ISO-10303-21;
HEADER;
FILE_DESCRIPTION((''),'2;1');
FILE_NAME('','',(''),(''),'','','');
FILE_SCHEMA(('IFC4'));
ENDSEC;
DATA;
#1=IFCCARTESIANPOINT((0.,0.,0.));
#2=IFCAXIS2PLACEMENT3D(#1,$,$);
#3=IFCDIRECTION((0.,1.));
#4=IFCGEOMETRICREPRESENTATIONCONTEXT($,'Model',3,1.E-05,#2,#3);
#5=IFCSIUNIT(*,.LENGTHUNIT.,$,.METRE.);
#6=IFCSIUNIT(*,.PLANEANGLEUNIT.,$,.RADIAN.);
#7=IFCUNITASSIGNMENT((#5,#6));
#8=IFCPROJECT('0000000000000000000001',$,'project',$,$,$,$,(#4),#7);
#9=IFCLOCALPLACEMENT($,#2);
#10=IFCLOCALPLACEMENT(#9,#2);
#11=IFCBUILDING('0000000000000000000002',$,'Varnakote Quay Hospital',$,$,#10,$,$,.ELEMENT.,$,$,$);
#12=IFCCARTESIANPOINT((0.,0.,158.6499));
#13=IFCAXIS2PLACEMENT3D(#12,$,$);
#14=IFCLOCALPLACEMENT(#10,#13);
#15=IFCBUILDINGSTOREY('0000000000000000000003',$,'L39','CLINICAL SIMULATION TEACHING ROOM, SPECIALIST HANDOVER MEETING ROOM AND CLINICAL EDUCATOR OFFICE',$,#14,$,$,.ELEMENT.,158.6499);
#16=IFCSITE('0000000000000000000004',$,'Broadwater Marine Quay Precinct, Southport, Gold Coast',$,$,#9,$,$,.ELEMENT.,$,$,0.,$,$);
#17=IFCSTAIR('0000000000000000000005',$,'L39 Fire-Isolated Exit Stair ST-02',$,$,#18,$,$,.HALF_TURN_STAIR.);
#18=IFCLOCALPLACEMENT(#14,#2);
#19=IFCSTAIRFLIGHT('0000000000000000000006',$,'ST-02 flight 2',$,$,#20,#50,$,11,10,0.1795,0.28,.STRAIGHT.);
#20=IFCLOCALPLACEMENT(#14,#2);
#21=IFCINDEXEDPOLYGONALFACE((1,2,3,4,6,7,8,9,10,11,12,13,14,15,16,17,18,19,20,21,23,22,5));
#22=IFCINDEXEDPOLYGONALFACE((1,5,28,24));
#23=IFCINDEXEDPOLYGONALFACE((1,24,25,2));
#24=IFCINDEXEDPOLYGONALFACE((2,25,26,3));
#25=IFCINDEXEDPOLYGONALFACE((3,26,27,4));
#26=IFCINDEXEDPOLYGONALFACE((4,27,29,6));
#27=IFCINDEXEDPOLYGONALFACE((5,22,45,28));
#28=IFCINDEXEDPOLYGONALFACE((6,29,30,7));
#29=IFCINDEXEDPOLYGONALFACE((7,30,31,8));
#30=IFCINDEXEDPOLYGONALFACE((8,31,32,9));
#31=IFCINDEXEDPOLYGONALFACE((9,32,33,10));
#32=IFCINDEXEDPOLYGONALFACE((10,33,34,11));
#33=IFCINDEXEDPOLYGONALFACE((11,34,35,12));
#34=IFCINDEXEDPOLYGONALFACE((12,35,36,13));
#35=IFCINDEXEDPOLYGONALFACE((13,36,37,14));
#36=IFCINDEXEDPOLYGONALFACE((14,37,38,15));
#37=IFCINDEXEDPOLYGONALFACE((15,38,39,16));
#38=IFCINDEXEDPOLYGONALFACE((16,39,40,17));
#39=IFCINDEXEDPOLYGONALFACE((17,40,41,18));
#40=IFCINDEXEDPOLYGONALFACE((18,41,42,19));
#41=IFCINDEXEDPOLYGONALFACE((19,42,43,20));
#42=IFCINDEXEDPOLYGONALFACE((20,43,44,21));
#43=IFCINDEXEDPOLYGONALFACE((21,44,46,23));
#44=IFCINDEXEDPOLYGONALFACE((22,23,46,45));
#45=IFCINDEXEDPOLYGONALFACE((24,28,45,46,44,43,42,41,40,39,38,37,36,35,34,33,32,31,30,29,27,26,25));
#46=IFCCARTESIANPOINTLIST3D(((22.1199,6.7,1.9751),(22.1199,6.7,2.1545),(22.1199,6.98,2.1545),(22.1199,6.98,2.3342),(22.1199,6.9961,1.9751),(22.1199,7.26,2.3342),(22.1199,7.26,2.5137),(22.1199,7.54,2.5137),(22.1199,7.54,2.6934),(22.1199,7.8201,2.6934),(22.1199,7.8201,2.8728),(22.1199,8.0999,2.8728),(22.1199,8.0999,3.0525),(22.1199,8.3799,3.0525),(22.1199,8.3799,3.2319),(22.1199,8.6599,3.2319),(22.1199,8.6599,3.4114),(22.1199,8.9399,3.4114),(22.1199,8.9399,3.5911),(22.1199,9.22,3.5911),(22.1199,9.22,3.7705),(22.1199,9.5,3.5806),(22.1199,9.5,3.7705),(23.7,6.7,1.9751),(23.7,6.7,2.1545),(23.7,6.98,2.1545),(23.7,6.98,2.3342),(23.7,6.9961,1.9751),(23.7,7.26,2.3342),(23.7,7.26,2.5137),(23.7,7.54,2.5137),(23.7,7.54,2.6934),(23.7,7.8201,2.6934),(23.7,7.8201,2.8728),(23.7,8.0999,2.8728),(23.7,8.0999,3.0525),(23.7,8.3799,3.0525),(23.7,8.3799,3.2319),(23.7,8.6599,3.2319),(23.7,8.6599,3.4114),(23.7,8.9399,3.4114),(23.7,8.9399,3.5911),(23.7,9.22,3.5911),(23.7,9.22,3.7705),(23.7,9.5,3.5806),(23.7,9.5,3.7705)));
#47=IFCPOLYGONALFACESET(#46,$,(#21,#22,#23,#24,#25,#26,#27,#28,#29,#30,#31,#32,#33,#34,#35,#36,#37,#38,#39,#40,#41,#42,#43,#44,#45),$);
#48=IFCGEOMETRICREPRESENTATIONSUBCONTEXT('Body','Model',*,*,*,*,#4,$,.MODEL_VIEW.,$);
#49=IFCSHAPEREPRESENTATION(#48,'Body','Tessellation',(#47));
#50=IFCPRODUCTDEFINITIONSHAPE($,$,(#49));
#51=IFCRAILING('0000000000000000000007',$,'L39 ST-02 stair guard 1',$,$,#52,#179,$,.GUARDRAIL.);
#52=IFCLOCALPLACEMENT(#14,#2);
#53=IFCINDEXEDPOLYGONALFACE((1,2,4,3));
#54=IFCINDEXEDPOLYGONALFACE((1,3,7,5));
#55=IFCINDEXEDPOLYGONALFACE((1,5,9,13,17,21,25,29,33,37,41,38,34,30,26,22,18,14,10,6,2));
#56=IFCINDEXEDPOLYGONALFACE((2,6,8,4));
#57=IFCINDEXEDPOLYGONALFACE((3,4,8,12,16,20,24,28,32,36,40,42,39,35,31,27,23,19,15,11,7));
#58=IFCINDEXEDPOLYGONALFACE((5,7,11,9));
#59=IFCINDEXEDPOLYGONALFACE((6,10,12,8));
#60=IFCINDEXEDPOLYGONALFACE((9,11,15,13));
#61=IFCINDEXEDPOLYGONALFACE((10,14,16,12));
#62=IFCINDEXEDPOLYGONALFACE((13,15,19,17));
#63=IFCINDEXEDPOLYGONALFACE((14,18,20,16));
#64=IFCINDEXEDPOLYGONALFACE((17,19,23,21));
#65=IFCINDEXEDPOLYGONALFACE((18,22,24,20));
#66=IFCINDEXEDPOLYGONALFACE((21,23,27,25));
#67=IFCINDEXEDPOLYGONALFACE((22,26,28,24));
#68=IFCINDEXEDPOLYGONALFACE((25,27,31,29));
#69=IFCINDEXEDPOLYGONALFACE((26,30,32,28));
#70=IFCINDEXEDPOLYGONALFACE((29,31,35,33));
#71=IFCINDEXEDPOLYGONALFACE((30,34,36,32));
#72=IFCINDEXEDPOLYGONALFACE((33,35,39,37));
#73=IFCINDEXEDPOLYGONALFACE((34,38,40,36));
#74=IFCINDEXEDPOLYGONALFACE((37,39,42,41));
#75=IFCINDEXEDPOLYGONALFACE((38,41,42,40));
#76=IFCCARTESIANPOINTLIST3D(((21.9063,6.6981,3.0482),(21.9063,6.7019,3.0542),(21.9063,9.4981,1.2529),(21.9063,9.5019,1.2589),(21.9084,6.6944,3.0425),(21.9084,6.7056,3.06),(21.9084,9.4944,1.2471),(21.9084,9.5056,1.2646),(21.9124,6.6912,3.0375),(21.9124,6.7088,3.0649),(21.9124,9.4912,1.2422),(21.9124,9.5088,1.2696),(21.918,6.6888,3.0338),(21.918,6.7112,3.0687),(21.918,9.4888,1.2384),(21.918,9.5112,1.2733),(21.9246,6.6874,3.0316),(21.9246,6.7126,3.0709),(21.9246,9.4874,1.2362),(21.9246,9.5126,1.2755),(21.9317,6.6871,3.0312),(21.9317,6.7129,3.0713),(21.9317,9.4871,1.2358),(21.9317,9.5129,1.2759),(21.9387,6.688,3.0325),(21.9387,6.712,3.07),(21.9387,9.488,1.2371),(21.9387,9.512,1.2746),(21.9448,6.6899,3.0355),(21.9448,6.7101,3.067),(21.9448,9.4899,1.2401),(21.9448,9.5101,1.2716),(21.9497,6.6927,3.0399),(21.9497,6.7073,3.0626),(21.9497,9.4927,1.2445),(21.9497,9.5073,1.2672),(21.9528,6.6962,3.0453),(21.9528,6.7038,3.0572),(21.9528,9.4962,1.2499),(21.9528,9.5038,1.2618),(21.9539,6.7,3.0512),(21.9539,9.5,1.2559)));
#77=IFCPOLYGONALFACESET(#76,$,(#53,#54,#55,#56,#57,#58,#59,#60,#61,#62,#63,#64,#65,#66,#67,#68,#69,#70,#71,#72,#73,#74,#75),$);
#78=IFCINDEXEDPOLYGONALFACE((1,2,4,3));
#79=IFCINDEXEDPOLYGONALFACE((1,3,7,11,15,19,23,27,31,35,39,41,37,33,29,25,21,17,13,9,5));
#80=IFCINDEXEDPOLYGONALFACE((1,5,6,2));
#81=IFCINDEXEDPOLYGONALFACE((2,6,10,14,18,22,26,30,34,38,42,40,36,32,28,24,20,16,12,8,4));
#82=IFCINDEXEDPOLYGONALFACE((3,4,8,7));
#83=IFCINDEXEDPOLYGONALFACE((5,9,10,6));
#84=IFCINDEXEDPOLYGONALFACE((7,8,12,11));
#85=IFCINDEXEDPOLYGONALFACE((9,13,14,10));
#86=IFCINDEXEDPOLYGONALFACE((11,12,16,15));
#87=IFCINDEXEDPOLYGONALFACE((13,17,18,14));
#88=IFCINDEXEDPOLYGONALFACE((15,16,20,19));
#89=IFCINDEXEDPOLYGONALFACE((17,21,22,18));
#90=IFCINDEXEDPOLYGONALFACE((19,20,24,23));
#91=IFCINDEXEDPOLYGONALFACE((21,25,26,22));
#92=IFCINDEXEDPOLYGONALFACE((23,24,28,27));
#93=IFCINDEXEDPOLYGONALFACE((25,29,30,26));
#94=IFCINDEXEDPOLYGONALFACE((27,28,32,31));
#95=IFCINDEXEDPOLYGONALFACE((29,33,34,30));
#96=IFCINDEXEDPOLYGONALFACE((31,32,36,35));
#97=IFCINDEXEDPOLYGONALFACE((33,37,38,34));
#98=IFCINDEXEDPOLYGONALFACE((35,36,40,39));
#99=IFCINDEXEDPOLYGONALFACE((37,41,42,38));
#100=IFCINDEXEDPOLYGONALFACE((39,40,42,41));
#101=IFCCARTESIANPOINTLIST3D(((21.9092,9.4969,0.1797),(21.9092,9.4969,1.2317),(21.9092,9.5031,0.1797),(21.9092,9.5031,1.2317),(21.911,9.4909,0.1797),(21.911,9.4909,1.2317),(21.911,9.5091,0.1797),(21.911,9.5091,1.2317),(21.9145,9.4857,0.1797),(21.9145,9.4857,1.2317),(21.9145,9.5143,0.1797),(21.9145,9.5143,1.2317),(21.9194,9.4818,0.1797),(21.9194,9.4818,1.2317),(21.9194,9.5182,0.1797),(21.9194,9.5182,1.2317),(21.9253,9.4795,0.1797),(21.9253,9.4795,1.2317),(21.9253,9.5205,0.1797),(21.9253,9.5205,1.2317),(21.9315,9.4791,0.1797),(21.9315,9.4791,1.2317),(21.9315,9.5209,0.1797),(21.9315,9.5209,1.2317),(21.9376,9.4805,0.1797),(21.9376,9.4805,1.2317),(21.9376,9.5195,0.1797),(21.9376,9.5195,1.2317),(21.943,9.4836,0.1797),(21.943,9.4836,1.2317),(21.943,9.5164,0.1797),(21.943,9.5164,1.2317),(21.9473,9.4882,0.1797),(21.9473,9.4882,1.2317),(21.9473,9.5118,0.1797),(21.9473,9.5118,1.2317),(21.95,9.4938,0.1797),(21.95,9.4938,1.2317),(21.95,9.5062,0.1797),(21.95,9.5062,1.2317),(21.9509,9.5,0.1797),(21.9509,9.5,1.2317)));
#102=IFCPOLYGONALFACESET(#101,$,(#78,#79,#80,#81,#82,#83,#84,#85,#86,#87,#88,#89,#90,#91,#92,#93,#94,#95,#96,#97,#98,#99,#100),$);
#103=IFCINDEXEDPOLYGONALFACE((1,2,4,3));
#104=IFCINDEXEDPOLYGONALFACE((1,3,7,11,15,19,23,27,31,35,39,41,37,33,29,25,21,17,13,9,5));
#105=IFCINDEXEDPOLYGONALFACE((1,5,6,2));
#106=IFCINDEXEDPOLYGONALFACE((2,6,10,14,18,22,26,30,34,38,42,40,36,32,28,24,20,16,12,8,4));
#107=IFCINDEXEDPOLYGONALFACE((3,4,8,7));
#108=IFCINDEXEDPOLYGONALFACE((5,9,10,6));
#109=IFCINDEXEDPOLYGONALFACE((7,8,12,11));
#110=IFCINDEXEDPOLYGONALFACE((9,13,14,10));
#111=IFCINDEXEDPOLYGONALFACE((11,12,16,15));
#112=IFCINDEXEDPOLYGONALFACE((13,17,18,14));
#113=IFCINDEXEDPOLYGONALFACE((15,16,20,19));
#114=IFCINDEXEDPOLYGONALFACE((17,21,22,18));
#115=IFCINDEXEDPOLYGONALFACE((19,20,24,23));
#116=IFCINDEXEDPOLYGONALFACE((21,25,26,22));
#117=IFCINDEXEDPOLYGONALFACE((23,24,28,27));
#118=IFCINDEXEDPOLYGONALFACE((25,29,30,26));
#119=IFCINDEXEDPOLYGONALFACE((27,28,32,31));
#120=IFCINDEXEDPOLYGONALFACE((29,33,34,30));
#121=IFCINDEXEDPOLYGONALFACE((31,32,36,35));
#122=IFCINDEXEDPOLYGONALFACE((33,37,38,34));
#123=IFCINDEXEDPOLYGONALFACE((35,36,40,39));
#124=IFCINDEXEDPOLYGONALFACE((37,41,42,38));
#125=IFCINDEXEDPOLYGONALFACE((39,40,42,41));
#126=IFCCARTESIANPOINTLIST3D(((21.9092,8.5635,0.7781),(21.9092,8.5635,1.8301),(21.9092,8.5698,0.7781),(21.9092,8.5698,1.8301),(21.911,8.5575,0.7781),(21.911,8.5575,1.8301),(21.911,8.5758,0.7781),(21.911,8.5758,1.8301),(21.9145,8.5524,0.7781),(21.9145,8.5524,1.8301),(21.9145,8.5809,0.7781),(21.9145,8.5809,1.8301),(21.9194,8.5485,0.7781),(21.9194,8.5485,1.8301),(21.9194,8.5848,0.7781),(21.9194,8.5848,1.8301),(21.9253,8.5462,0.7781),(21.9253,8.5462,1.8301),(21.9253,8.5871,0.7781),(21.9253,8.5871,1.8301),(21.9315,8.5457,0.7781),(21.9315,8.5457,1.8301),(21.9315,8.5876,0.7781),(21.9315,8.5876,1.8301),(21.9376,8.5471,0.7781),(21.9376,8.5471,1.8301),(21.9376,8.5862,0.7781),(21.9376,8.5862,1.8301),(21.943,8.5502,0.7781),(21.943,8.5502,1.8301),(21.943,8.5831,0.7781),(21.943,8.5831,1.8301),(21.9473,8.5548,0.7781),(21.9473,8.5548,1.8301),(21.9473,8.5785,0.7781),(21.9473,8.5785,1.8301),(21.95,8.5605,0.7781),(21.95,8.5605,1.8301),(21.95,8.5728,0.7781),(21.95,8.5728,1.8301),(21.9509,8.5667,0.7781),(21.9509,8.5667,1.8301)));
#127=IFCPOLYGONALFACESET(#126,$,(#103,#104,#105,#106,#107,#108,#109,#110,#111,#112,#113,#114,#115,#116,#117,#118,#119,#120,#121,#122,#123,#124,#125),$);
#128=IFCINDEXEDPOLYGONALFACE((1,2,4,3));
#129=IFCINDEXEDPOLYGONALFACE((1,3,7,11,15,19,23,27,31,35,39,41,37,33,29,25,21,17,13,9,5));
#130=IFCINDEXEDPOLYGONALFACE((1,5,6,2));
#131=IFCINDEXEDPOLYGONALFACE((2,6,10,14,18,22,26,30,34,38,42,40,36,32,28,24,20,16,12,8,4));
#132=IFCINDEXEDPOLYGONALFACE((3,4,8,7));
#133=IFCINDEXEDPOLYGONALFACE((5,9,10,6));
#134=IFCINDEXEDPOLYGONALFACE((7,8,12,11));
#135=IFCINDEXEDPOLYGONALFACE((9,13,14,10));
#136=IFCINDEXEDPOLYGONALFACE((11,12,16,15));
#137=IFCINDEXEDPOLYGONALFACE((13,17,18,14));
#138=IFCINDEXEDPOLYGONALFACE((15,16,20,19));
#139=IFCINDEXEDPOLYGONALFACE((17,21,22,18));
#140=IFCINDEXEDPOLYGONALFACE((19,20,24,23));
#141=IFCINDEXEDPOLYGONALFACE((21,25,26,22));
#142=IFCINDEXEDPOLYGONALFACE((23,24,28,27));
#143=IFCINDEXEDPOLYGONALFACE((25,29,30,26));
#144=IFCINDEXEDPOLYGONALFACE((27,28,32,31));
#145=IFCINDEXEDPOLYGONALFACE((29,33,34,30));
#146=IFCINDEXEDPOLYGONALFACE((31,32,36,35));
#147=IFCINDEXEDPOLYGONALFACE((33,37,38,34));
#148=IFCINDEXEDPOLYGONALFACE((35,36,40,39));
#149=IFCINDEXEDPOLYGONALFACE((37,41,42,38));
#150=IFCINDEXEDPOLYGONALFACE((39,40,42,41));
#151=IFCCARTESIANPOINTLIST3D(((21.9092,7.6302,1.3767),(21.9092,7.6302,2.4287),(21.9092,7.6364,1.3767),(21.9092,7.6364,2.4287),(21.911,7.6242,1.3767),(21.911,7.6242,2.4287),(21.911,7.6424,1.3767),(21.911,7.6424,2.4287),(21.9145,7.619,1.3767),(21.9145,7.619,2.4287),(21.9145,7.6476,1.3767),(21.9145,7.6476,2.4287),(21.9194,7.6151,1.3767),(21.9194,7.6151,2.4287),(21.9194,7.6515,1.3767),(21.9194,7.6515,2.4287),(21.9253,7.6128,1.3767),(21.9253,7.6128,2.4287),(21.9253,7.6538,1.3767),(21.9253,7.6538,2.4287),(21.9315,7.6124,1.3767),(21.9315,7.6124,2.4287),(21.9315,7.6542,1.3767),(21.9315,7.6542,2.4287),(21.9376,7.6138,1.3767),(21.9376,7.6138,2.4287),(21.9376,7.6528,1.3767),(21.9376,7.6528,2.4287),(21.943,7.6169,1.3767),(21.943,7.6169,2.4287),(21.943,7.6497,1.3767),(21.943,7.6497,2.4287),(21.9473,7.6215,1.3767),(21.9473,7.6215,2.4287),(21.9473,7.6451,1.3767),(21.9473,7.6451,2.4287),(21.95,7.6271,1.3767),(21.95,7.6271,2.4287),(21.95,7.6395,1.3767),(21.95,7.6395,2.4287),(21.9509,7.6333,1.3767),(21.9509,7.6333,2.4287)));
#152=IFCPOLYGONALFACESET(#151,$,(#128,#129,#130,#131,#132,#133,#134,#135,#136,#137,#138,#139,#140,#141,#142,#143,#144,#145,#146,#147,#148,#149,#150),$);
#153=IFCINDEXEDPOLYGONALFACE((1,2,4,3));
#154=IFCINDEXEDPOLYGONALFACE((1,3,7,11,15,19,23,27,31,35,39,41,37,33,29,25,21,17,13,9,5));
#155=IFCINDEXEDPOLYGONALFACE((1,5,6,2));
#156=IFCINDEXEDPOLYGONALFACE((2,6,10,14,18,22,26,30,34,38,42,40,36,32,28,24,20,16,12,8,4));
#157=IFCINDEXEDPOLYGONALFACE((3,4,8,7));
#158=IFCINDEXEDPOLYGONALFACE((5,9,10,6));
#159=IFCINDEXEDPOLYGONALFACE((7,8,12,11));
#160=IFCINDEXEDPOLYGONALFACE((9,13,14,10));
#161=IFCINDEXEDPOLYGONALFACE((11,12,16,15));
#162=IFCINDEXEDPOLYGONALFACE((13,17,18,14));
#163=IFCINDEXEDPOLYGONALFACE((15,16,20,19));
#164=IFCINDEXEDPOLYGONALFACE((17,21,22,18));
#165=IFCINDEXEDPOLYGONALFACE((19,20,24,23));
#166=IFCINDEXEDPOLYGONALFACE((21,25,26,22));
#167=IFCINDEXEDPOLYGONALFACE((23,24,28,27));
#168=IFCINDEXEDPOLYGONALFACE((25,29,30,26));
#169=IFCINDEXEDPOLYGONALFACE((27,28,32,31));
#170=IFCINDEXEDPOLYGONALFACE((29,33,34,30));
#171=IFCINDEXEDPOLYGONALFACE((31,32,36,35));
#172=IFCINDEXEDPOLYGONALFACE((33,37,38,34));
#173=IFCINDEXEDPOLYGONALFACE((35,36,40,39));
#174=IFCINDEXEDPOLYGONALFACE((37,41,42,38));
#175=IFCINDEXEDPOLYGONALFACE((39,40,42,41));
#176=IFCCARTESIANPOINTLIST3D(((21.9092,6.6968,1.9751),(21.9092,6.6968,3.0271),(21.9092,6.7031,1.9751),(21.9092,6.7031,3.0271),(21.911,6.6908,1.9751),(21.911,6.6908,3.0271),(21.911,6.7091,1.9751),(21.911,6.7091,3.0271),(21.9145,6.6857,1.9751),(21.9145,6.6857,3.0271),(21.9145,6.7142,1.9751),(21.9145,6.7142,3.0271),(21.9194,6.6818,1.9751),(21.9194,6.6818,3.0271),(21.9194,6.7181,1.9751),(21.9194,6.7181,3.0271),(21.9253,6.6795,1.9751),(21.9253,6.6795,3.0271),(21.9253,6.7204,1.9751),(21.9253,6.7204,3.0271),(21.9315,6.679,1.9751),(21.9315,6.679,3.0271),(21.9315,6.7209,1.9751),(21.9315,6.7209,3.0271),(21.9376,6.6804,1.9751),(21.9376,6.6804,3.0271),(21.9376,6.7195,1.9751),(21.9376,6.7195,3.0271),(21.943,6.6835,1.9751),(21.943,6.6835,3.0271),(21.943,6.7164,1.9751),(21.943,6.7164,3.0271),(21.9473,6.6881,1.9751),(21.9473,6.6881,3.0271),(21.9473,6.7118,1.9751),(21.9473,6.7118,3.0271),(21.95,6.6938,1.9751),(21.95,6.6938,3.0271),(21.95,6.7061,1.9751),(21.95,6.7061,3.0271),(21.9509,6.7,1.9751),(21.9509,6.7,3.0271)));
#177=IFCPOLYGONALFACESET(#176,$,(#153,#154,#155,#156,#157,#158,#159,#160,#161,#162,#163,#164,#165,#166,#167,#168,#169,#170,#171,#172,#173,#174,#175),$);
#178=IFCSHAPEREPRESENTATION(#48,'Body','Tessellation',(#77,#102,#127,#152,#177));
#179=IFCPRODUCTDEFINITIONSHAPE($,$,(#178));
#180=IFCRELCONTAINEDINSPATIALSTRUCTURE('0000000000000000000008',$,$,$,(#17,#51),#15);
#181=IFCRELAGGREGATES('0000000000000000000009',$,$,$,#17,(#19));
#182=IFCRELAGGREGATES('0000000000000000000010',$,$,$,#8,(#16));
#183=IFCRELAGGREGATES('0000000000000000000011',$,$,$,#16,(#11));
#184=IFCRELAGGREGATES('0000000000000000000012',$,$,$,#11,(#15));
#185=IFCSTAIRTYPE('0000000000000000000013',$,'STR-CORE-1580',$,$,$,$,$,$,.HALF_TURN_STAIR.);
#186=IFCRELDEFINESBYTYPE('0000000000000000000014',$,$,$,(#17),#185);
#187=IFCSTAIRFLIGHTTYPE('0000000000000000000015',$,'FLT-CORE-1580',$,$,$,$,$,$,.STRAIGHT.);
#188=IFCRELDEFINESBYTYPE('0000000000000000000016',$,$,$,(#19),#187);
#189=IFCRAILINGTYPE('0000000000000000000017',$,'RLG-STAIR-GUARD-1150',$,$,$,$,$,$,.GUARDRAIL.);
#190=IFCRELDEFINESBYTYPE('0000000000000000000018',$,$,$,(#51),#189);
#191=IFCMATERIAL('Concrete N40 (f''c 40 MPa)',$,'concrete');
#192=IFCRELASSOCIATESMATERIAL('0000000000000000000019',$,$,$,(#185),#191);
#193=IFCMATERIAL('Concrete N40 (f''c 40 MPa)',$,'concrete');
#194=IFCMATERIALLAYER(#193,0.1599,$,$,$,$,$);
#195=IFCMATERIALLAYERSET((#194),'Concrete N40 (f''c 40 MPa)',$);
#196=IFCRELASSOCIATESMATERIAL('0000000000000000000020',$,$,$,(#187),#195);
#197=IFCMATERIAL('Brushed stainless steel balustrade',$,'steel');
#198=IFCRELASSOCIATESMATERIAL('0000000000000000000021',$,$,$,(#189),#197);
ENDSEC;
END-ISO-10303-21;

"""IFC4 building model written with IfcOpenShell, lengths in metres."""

from ifc_helpers import new_model, si_unit, direction, frame, origin, origin_2d, place, context, subcontext, project, spatial, polyline, circle, outline, extrude, material, layer, layer_set, type_object, element, aggregate, save


model = new_model("IFC4")

# Units and contexts
model_context = context("Model", 3, precision=1e-05, world=origin(), true_north=direction((0.0, 1.0)))
body_context = subcontext(model_context, "Body", "Model", "MODEL_VIEW")
ifc_project = project(units=[si_unit("LENGTHUNIT", "METRE"), si_unit("PLANEANGLEUNIT", "RADIAN")], contexts=[model_context])

# Site, building, storey
site_placement = place(None, origin())
site = spatial("IfcSite", under=ifc_project, at=site_placement, Name="Broadwater Marine Quay Precinct, Southport, Gold Coast", CompositionType="ELEMENT", RefElevation=0.0)
building_placement = place(site_placement, origin())
building = spatial("IfcBuilding", under=site, at=building_placement, Name="Varnakote Quay Hospital", CompositionType="ELEMENT")
storey_placement = place(building_placement, frame((0.0, 0.0, 158.6499)))
storey = spatial("IfcBuildingStorey", under=building, at=storey_placement, Name="L39", Description="CLINICAL SIMULATION TEACHING ROOM, SPECIALIST HANDOVER MEETING ROOM AND CLINICAL EDUCATOR OFFICE", CompositionType="ELEMENT", Elevation=158.6499)

# Stair, stair flight
ifc_material_1 = material(Name="Concrete N40 (f'c 40 MPa)", Category="concrete")
stair_type = type_object("IfcStairType", Name="STR-CORE-1580", PredefinedType="HALF_TURN_STAIR", material=ifc_material_1)
stair_placement = place(storey_placement, origin())
stair = element("IfcStair", 1, at=stair_placement, inside=storey, type_object=stair_type, Name="L39 Fire-Isolated Exit Stair ST-02", PredefinedType="HALF_TURN_STAIR")
ifc_material_2 = material(Name="Concrete N40 (f'c 40 MPa)", Category="concrete")
ifc_layer_1 = layer(ifc_material_2, 0.1599)
ifc_layer_set_1 = layer_set([ifc_layer_1], Name="Concrete N40 (f'c 40 MPa)")
stair_flight_type = type_object("IfcStairFlightType", Name="FLT-CORE-1580", PredefinedType="STRAIGHT", material=ifc_layer_set_1)
stair_flight_1_placement = place(storey_placement, frame((22.9099, 6.7, 1.9751), z_axis=(0.0, 0.0, 1.0), x_axis=(0.0, 1.0, 0.0)))
stair_flight_1 = element("IfcStairFlight", 2, at=stair_flight_1_placement, type_object=stair_flight_type, Name="ST-02 flight 2", NumberOfRisers=11, NumberOfTreads=10, PredefinedType="STRAIGHT", RiserHeight=0.1795, TreadLength=0.28, context=body_context, shape_type="SweptSolid", body=[
    extrude(outline(polyline([(0.0, 0.0), (0.0, 0.1794), (0.28, 0.1794), (0.28, 0.3591), (0.5601, 0.3591), (0.5601, 0.5386), (0.8401, 0.5386), (0.8401, 0.7183), (1.1201, 0.7183), (1.1201, 0.8977), (1.3999, 0.8977), (1.3999, 1.0774), (1.6799, 1.0774), (1.6799, 1.2568), (1.96, 1.2568), (1.96, 1.4363), (2.24, 1.4363), (2.24, 1.616), (2.52, 1.616), (2.52, 1.7954), (2.8, 1.7954), (2.8, 1.9751), (2.8, 1.6055), (0.2961, 0.0), (0.0, 0.0)])), frame((0.0, 0.79, 0.0), z_axis=(0.0, -1.0, 0.0), x_axis=(1.0, 0.0, 0.0)), (0.0, 0.0, 1.0), 1.5801),
])
aggregate(stair, [stair_flight_1])

# Railing
ifc_material_3 = material(Name="Brushed stainless steel balustrade", Category="steel")
railing_type_1 = type_object("IfcRailingType", Name="RLG-STAIR-GUARD-1150", PredefinedType="GUARDRAIL", material=ifc_material_3)
railing_1_placement = place(storey_placement, frame((21.9299, 9.5, 0.1797)))
element("IfcRailing", 3, at=railing_1_placement, inside=storey, type_object=railing_type_1, Name="L39 ST-02 stair guard 1", PredefinedType="GUARDRAIL", context=body_context, shape_type="SweptSolid", body=[
    extrude(circle(Radius=0.0239, at=origin_2d()), frame((0.0, 0.0, 1.0762), z_axis=(0.0, -0.84181, 0.539774), x_axis=(1.0, 0.0, 0.0)), (0.0, 0.0, 1.0), 3.3262),
    extrude(circle(Radius=0.021, at=origin_2d()), origin(), (0.0, 0.0, 1.0), 1.052),
    extrude(circle(Radius=0.021, at=origin_2d()), frame((0.0, -0.9333, 0.5984)), (0.0, 0.0, 1.0), 1.052),
    extrude(circle(Radius=0.021, at=origin_2d()), frame((0.0, -1.8667, 1.197)), (0.0, 0.0, 1.0), 1.052),
    extrude(circle(Radius=0.021, at=origin_2d()), frame((0.0, -2.8, 1.7954)), (0.0, 0.0, 1.0), 1.052),
])

save(model, "model.ifc")
